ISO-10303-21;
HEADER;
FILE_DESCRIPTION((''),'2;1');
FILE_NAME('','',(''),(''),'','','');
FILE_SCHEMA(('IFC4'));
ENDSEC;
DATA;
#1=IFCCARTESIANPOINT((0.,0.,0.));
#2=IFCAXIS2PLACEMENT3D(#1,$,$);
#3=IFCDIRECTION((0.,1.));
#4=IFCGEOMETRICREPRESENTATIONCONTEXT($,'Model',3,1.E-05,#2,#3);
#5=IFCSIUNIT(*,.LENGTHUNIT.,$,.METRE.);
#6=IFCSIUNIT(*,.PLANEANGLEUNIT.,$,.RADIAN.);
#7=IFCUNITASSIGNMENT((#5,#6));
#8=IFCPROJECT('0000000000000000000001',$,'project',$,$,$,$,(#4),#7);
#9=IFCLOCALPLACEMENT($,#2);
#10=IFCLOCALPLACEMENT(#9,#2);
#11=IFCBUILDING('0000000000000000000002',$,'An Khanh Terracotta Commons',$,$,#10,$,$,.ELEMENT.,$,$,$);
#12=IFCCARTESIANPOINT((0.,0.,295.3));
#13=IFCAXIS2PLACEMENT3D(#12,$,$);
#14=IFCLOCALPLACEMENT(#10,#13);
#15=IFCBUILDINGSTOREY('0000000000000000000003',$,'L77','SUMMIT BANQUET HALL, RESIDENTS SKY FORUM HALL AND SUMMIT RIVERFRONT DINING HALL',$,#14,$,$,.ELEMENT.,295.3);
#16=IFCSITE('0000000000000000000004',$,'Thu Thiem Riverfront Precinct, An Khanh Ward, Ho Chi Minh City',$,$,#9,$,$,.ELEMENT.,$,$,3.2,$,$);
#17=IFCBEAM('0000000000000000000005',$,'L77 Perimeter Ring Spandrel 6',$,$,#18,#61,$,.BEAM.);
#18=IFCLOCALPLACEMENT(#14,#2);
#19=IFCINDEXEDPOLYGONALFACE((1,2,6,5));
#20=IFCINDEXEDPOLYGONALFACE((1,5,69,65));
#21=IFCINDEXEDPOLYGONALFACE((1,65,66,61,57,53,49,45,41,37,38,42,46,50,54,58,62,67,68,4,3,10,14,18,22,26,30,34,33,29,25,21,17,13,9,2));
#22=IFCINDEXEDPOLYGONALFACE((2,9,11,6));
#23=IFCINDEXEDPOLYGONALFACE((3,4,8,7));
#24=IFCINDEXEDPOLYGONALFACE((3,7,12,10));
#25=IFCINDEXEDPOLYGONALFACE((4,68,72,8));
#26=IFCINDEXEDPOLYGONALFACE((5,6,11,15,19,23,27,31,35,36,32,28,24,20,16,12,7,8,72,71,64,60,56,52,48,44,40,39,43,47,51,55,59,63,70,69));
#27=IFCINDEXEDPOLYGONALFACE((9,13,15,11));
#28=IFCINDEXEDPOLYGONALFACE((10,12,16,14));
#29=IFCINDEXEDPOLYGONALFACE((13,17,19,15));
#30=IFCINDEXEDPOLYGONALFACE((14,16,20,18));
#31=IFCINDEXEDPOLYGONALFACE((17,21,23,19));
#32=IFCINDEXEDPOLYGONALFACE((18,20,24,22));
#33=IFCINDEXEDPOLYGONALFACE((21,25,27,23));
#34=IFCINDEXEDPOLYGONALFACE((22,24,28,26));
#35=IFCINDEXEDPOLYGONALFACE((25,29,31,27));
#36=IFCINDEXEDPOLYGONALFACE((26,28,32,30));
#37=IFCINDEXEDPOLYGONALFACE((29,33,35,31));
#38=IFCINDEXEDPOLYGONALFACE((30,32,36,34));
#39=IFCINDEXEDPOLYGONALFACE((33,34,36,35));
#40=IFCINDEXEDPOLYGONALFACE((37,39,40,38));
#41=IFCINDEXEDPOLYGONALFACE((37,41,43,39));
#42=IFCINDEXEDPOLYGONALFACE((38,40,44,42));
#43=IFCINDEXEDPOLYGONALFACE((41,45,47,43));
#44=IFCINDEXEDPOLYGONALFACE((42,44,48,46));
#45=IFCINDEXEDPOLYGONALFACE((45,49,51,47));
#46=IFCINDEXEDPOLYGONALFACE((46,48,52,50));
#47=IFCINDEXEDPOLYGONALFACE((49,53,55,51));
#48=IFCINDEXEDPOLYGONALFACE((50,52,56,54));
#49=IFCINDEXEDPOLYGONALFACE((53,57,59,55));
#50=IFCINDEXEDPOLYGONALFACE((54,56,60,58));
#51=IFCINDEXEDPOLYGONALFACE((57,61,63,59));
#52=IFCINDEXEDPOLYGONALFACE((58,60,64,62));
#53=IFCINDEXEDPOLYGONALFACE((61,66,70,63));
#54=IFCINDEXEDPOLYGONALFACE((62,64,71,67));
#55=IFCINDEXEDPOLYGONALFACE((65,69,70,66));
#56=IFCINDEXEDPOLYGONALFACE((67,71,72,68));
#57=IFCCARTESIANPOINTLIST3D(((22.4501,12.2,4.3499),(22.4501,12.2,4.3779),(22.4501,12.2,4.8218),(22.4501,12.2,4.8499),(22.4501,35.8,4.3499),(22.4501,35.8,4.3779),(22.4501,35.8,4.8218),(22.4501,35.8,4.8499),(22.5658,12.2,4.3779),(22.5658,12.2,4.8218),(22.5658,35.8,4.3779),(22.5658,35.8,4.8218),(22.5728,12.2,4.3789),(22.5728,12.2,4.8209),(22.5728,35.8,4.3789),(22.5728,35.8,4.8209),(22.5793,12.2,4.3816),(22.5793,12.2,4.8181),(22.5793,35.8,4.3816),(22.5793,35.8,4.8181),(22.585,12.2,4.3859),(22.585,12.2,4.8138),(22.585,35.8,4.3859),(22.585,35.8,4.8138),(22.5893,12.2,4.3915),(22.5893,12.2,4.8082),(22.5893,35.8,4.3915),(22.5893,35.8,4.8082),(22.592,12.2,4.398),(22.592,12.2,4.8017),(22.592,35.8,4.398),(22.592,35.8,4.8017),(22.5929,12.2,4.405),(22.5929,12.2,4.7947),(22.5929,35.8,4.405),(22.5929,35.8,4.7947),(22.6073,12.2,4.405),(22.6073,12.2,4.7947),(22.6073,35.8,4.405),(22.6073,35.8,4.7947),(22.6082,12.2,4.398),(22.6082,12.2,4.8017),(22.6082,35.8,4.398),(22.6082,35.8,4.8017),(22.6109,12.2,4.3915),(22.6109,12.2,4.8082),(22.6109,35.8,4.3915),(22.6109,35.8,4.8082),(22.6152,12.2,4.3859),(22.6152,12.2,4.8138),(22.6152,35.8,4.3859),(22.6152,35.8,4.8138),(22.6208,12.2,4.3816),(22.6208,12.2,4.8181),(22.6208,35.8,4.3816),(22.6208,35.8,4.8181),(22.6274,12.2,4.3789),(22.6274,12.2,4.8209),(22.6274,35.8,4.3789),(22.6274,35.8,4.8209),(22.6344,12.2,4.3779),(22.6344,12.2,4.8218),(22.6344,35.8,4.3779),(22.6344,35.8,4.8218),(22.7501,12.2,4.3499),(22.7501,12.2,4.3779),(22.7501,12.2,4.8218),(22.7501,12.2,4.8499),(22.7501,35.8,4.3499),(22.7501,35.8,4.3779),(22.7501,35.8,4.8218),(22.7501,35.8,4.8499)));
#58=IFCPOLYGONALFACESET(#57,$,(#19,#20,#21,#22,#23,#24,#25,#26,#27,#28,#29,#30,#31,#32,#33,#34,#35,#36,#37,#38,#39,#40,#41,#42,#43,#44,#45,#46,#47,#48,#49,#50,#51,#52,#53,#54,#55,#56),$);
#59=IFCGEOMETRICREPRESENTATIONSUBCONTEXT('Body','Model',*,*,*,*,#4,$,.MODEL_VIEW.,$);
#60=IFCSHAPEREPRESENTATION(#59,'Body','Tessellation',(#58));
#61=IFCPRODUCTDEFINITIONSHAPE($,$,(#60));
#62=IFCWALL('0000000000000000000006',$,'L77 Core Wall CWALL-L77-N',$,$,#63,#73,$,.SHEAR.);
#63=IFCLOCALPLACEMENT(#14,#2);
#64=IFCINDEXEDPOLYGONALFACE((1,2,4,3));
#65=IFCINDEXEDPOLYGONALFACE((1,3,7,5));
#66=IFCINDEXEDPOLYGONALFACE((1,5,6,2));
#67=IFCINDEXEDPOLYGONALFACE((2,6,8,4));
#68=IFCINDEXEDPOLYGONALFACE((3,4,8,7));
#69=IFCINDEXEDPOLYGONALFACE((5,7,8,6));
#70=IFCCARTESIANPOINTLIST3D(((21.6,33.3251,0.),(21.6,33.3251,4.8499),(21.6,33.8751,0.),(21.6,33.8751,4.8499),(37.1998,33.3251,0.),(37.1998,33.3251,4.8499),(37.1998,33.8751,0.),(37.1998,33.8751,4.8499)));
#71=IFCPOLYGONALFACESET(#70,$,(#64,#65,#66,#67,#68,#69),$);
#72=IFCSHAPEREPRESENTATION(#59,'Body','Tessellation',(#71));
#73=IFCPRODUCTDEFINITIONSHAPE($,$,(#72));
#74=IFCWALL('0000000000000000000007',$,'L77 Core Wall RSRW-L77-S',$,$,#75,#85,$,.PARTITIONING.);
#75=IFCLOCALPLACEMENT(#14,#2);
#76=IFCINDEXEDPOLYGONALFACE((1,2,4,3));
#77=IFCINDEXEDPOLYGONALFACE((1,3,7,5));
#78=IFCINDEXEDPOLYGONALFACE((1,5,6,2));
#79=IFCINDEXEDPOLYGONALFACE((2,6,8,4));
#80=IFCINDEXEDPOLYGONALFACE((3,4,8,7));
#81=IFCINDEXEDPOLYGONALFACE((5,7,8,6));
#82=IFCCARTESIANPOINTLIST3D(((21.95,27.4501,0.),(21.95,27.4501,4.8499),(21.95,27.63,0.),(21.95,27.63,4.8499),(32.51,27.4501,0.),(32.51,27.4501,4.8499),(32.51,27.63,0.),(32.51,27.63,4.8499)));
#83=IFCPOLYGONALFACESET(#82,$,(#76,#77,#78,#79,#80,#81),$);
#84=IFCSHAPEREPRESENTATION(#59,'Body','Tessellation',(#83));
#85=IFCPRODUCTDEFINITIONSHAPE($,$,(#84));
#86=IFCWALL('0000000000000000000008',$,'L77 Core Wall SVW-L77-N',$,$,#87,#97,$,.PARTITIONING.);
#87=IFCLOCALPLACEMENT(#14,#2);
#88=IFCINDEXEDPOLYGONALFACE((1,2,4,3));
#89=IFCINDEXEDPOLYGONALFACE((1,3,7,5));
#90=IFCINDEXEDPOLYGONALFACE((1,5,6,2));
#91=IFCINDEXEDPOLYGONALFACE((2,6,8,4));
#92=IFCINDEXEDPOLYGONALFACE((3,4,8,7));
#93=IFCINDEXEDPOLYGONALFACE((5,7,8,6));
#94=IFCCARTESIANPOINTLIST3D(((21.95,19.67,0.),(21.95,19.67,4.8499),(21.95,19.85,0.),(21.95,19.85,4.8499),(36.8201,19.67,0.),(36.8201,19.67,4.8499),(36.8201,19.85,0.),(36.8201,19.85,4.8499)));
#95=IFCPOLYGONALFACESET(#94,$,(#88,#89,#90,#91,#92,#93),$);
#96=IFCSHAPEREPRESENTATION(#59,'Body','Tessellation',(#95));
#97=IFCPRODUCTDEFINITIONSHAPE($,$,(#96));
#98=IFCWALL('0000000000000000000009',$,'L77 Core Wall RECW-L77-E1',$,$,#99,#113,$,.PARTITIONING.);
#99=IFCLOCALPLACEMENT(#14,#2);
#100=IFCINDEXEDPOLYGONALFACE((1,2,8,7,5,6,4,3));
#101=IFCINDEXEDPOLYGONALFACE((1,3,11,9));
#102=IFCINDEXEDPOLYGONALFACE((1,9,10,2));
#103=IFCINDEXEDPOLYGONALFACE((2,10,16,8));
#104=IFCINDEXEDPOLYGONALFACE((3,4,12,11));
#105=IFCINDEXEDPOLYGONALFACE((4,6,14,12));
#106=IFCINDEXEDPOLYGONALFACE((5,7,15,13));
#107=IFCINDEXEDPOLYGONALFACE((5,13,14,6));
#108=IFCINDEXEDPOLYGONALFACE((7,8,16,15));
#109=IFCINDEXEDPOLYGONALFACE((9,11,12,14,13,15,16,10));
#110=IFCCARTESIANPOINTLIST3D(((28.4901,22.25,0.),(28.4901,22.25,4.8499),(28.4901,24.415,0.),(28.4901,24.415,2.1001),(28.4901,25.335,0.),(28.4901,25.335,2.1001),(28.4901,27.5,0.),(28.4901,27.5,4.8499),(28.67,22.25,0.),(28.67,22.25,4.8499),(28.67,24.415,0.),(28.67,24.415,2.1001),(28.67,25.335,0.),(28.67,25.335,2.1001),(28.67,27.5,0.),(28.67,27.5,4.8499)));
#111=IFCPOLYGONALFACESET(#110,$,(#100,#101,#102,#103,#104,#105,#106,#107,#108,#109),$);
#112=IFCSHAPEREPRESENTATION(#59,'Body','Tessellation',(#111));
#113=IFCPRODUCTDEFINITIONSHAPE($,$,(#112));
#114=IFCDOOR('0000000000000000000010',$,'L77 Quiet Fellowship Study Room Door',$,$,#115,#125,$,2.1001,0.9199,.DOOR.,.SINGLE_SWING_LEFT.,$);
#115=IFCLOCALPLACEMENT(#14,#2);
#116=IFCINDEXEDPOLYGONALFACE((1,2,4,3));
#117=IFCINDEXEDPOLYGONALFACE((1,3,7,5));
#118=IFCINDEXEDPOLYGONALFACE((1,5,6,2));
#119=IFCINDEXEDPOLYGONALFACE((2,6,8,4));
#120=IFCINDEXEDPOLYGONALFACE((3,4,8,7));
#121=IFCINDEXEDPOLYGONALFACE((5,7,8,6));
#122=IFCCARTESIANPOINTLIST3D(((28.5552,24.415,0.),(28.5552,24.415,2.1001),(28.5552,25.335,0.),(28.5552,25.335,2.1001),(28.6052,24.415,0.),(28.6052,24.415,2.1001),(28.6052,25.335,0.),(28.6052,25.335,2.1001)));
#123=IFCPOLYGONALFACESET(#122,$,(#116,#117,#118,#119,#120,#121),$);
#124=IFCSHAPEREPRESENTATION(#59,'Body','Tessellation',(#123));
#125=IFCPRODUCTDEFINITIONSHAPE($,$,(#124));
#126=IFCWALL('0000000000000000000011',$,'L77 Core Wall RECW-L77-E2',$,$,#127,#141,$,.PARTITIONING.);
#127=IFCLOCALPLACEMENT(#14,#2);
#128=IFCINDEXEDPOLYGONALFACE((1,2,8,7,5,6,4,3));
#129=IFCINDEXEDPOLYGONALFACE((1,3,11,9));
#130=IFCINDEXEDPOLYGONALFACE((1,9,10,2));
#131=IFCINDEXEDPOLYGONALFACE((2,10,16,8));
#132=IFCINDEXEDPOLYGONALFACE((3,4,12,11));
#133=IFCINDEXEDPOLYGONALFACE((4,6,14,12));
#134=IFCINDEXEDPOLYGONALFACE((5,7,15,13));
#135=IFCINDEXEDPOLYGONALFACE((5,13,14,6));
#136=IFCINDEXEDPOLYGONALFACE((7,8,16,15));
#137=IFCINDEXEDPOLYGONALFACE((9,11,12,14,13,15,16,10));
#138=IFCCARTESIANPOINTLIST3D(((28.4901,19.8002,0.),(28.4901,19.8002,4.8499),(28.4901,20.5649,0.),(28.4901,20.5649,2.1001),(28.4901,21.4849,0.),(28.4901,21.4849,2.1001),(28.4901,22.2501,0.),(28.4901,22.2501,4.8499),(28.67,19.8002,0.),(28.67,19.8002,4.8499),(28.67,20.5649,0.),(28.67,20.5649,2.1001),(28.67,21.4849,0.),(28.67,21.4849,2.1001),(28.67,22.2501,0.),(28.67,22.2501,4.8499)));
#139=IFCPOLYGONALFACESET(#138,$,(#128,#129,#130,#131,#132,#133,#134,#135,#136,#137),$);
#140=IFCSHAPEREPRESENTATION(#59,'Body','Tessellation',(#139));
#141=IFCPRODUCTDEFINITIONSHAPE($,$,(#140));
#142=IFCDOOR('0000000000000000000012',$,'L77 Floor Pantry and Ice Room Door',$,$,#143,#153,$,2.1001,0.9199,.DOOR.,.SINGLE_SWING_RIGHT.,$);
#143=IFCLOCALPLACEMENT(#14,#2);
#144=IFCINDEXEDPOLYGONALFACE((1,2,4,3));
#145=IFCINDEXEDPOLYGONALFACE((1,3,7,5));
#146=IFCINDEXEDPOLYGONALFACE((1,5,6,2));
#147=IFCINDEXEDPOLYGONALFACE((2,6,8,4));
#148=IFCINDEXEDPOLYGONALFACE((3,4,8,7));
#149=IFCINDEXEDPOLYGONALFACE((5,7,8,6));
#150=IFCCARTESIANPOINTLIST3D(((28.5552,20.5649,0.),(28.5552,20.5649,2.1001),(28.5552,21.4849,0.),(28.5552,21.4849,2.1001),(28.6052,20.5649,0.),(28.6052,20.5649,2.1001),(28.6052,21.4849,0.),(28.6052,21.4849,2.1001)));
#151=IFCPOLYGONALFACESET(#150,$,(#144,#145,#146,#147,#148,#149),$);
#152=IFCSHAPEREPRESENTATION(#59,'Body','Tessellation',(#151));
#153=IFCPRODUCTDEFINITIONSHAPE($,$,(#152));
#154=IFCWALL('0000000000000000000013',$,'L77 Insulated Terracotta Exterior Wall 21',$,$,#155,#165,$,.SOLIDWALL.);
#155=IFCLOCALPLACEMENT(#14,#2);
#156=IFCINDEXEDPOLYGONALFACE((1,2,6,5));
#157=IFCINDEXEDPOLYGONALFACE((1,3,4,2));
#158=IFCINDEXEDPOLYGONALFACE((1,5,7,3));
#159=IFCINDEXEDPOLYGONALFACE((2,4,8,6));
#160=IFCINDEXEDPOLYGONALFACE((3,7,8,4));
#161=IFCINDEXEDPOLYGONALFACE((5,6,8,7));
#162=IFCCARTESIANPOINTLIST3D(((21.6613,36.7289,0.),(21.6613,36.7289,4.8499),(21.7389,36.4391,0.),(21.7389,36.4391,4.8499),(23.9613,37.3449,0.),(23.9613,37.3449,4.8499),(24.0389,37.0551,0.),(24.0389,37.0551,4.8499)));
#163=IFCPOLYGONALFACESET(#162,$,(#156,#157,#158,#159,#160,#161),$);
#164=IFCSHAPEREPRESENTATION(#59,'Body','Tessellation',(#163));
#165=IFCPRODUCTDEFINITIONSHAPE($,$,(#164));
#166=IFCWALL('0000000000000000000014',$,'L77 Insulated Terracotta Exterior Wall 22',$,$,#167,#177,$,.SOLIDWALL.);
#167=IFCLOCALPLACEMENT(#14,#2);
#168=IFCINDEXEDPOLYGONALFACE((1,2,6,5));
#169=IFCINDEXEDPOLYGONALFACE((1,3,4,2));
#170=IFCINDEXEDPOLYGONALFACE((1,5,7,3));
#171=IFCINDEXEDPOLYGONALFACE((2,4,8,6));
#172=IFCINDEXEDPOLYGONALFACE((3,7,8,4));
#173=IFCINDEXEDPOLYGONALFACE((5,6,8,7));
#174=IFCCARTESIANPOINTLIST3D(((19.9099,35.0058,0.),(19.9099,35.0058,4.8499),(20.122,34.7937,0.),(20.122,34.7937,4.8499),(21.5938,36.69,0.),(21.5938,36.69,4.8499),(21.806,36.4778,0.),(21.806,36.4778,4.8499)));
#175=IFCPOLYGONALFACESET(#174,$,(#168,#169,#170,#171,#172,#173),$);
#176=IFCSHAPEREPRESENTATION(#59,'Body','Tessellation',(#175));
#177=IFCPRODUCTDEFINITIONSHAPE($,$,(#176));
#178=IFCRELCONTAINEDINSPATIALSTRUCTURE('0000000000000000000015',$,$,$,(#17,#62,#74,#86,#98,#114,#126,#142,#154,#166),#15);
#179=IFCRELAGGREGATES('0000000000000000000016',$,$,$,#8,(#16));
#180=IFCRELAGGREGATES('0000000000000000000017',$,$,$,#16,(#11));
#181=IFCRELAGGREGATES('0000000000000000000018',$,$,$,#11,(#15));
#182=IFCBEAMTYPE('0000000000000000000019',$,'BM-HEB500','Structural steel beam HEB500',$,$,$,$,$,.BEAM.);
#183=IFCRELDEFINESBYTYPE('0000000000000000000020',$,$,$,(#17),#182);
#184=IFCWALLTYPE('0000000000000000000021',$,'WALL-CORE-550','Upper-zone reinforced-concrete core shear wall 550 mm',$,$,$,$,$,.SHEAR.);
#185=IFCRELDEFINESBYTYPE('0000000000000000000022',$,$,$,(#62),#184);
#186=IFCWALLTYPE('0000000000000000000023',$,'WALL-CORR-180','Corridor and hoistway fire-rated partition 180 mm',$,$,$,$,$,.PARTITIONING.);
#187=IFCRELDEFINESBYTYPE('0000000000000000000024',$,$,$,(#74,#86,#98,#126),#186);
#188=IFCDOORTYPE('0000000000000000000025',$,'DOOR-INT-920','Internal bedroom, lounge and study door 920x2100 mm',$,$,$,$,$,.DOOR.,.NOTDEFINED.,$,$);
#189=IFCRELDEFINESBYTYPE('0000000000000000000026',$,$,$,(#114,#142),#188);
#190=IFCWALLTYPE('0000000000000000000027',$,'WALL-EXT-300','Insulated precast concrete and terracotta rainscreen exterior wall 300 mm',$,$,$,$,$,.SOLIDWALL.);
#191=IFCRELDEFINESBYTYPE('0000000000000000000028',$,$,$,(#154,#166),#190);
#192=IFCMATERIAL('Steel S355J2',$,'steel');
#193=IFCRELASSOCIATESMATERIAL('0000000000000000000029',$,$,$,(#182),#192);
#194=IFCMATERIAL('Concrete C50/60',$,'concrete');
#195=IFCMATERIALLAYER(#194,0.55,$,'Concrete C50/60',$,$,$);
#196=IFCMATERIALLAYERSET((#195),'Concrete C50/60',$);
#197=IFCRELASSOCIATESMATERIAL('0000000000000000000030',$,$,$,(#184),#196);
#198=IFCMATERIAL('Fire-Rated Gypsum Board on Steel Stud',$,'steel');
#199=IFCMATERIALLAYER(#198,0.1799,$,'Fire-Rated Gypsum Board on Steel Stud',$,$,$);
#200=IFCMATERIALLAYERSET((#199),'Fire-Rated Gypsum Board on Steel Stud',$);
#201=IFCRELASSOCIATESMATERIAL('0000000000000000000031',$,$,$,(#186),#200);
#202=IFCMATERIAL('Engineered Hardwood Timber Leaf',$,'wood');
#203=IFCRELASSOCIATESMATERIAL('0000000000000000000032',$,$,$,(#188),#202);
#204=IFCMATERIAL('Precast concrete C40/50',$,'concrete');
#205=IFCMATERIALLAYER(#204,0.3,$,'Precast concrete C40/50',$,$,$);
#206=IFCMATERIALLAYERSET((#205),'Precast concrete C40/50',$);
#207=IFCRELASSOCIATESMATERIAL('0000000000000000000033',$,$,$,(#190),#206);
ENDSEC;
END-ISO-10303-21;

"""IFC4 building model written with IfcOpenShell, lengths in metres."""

from ifc_helpers import new_model, si_unit, direction, frame, frame_2d, origin, origin_2d, place, context, subcontext, project, spatial, rectangle, i_section, extrude, material, layer, layer_set, material_profile, profile_set, type_object, element, fill, save


model = new_model("IFC4")

# Units and contexts
model_context = context("Model", 3, precision=1e-05, world=origin(), true_north=direction((0.0, 1.0)))
body_context = subcontext(model_context, "Body", "Model", "MODEL_VIEW")
ifc_project = project(units=[si_unit("LENGTHUNIT", "METRE"), si_unit("PLANEANGLEUNIT", "RADIAN")], contexts=[model_context])

# Site, building, storey
site_placement = place(None, origin())
site = spatial("IfcSite", under=ifc_project, at=site_placement, Name="Thu Thiem Riverfront Precinct, An Khanh Ward, Ho Chi Minh City", CompositionType="ELEMENT", RefElevation=3.2)
building_placement = place(site_placement, origin())
building = spatial("IfcBuilding", under=site, at=building_placement, Name="An Khanh Terracotta Commons", CompositionType="ELEMENT")
storey_placement = place(building_placement, frame((0.0, 0.0, 295.3)))
storey = spatial("IfcBuildingStorey", under=building, at=storey_placement, Name="L77", Description="SUMMIT BANQUET HALL, RESIDENTS SKY FORUM HALL AND SUMMIT RIVERFRONT DINING HALL", CompositionType="ELEMENT", Elevation=295.3)

# Shared definitions
ifc_material_1 = material(Name="Concrete C50/60", Category="concrete")

# Beam
ifc_material_2 = material(Name="Steel S355J2", Category="steel")
ifc_material_profile_1 = material_profile(ifc_material_2, i_section(OverallWidth=0.3, OverallDepth=0.5, WebThickness=0.0144, FlangeThickness=0.0281, FilletRadius=0.0271, at=origin_2d()), Name="HEB500")
ifc_profile_set_1 = profile_set([ifc_material_profile_1], Name="Steel S355J2")
beam_type_1 = type_object("IfcBeamType", Name="BM-HEB500", Description="Structural steel beam HEB500", PredefinedType="BEAM", material=ifc_profile_set_1)
beam_1_placement = place(storey_placement, frame((22.6001, 35.8, 4.5999), z_axis=(0.0, -1.0, 0.0), x_axis=(1.0, 0.0, 0.0)))
element("IfcBeam", 1, at=beam_1_placement, inside=storey, type_object=beam_type_1, Name="L77 Perimeter Ring Spandrel 6", PredefinedType="BEAM", context=body_context, shape_type="SweptSolid", body=[
    extrude(i_section(OverallWidth=0.3, OverallDepth=0.5, WebThickness=0.0144, FlangeThickness=0.0281, FilletRadius=0.0271, at=origin_2d()), origin(), (0.0, 0.0, 1.0), 23.6001),
])

# Walls
ifc_layer_1 = layer(ifc_material_1, 0.55, Name="Concrete C50/60")
ifc_layer_set_1 = layer_set([ifc_layer_1], Name="Concrete C50/60")
wall_type_1 = type_object("IfcWallType", Name="WALL-CORE-550", Description="Upper-zone reinforced-concrete core shear wall 550 mm", PredefinedType="SHEAR", material=ifc_layer_set_1)
wall_1_placement = place(storey_placement, frame((21.6001, 33.6001, 0.0), z_axis=(0.0, 0.0, 1.0), x_axis=(1.0, 0.0, 0.0)))
element("IfcWall", 2, at=wall_1_placement, inside=storey, type_object=wall_type_1, Name="L77 Core Wall CWALL-L77-N", PredefinedType="SHEAR", context=body_context, shape_type="SweptSolid", body=[
    extrude(rectangle(XDim=15.5999, YDim=0.55, at=frame_2d((7.7998, 0.0))), origin(), (0.0, 0.0, 1.0), 4.8499),
])
ifc_material_3 = material(Name="Fire-Rated Gypsum Board on Steel Stud", Category="steel")
ifc_layer_2 = layer(ifc_material_3, 0.1799, Name="Fire-Rated Gypsum Board on Steel Stud")
ifc_layer_set_2 = layer_set([ifc_layer_2], Name="Fire-Rated Gypsum Board on Steel Stud")
wall_type_2 = type_object("IfcWallType", Name="WALL-CORR-180", Description="Corridor and hoistway fire-rated partition 180 mm", PredefinedType="PARTITIONING", material=ifc_layer_set_2)
wall_2_placement = place(storey_placement, frame((21.95, 27.54, 0.0), z_axis=(0.0, 0.0, 1.0), x_axis=(1.0, 0.0, 0.0)))
element("IfcWall", 3, at=wall_2_placement, inside=storey, type_object=wall_type_2, Name="L77 Core Wall RSRW-L77-S", PredefinedType="PARTITIONING", context=body_context, shape_type="SweptSolid", body=[
    extrude(rectangle(XDim=10.5601, YDim=0.1799, at=frame_2d((5.28, 0.0))), origin(), (0.0, 0.0, 1.0), 4.8499),
])
wall_3_placement = place(storey_placement, frame((21.95, 19.76, 0.0), z_axis=(0.0, 0.0, 1.0), x_axis=(1.0, 0.0, 0.0)))
element("IfcWall", 4, at=wall_3_placement, inside=storey, type_object=wall_type_2, Name="L77 Core Wall SVW-L77-N", PredefinedType="PARTITIONING", context=body_context, shape_type="SweptSolid", body=[
    extrude(rectangle(XDim=14.8701, YDim=0.1799, at=frame_2d((7.4351, 0.0))), origin(), (0.0, 0.0, 1.0), 4.8499),
])

# Walls, openings, doors
wall_4_placement = place(storey_placement, frame((28.5801, 22.25, 0.0), z_axis=(0.0, 0.0, 1.0), x_axis=(0.0, 1.0, 0.0)))
wall_4 = element("IfcWall", 5, at=wall_4_placement, inside=storey, type_object=wall_type_2, Name="L77 Core Wall RECW-L77-E1", PredefinedType="PARTITIONING", context=body_context, shape_type="SweptSolid", body=[
    extrude(rectangle(XDim=5.25, YDim=0.1799, at=frame_2d((2.625, 0.0))), origin(), (0.0, 0.0, 1.0), 4.8499),
])
opening_1_placement = place(wall_4_placement, frame((2.165, 0.0, 0.0)))
opening_1 = element("IfcOpeningElement", 6, at=opening_1_placement, cuts=wall_4, PredefinedType="OPENING", context=body_context, shape_type="SweptSolid", body=[
    extrude(rectangle(XDim=0.9199, YDim=2.1001, at=frame_2d((0.46, 1.05))), frame((0.0, 0.0999, 0.0), z_axis=(0.0, -1.0, 0.0), x_axis=(1.0, 0.0, 0.0)), (0.0, 0.0, 1.0), 0.2),
])
ifc_material_4 = material(Name="Engineered Hardwood Timber Leaf", Category="wood")
door_type = type_object("IfcDoorType", Name="DOOR-INT-920", Description="Internal bedroom, lounge and study door 920x2100 mm", OperationType="NOTDEFINED", PredefinedType="DOOR", material=ifc_material_4)
door_1_placement = place(opening_1_placement, origin())
door_1 = element("IfcDoor", 7, at=door_1_placement, inside=storey, type_object=door_type, Name="L77 Quiet Fellowship Study Room Door", OperationType="SINGLE_SWING_LEFT", OverallHeight=2.1001, OverallWidth=0.9199, PredefinedType="DOOR", context=body_context, shape_type="SweptSolid", body=[
    extrude(rectangle(XDim=0.9199, YDim=2.1001, at=frame_2d((0.46, 1.05))), frame((0.0, 0.0249, 0.0), z_axis=(0.0, -1.0, 0.0), x_axis=(1.0, 0.0, 0.0)), (0.0, 0.0, 1.0), 0.05),
])
fill(opening_1, door_1)
wall_5_placement = place(storey_placement, frame((28.5801, 19.8, 0.0), z_axis=(0.0, 0.0, 1.0), x_axis=(0.0, 1.0, 0.0)))
wall_5 = element("IfcWall", 8, at=wall_5_placement, inside=storey, type_object=wall_type_2, Name="L77 Core Wall RECW-L77-E2", PredefinedType="PARTITIONING", context=body_context, shape_type="SweptSolid", body=[
    extrude(rectangle(XDim=2.45, YDim=0.1799, at=frame_2d((1.2251, 0.0))), origin(), (0.0, 0.0, 1.0), 4.8499),
])
opening_2_placement = place(wall_5_placement, frame((0.7649, 0.0, 0.0)))
opening_2 = element("IfcOpeningElement", 9, at=opening_2_placement, cuts=wall_5, PredefinedType="OPENING", context=body_context, shape_type="SweptSolid", body=[
    extrude(rectangle(XDim=0.9199, YDim=2.1001, at=frame_2d((0.46, 1.05))), frame((0.0, 0.0999, 0.0), z_axis=(0.0, -1.0, 0.0), x_axis=(1.0, 0.0, 0.0)), (0.0, 0.0, 1.0), 0.2),
])
door_2_placement = place(opening_2_placement, origin())
door_2 = element("IfcDoor", 10, at=door_2_placement, inside=storey, type_object=door_type, Name="L77 Floor Pantry and Ice Room Door", OperationType="SINGLE_SWING_RIGHT", OverallHeight=2.1001, OverallWidth=0.9199, PredefinedType="DOOR", context=body_context, shape_type="SweptSolid", body=[
    extrude(rectangle(XDim=0.9199, YDim=2.1001, at=frame_2d((0.46, 1.05))), frame((0.0, 0.0249, 0.0), z_axis=(0.0, -1.0, 0.0), x_axis=(1.0, 0.0, 0.0)), (0.0, 0.0, 1.0), 0.05),
])
fill(opening_2, door_2)

# Walls
ifc_material_5 = material(Name="Precast concrete C40/50", Category="concrete")
ifc_layer_3 = layer(ifc_material_5, 0.3, Name="Precast concrete C40/50")
ifc_layer_set_3 = layer_set([ifc_layer_3], Name="Precast concrete C40/50")
wall_type_3 = type_object("IfcWallType", Name="WALL-EXT-300", Description="Insulated precast concrete and terracotta rainscreen exterior wall 300 mm", PredefinedType="SOLIDWALL", material=ifc_layer_set_3)
wall_6_placement = place(storey_placement, frame((24.0, 37.2, 0.0), z_axis=(0.0, 0.0, 1.0), x_axis=(-0.96596, -0.25869, 0.0)))
element("IfcWall", 11, at=wall_6_placement, inside=storey, type_object=wall_type_3, Name="L77 Insulated Terracotta Exterior Wall 21", PredefinedType="SOLIDWALL", context=body_context, shape_type="SweptSolid", body=[
    extrude(rectangle(XDim=2.3811, YDim=0.3, at=frame_2d((1.1904, 0.0))), origin(), (0.0, 0.0, 1.0), 4.8499),
])
wall_7_placement = place(storey_placement, frame((21.7, 36.584, 0.0), z_axis=(0.0, 0.0, 1.0), x_axis=(-0.707056, -0.707158, 0.0)))
element("IfcWall", 12, at=wall_7_placement, inside=storey, type_object=wall_type_3, Name="L77 Insulated Terracotta Exterior Wall 22", PredefinedType="SOLIDWALL", context=body_context, shape_type="SweptSolid", body=[
    extrude(rectangle(XDim=2.3816, YDim=0.3, at=frame_2d((1.1909, 0.0))), origin(), (0.0, 0.0, 1.0), 4.8499),
])

save(model, "model.ifc")
